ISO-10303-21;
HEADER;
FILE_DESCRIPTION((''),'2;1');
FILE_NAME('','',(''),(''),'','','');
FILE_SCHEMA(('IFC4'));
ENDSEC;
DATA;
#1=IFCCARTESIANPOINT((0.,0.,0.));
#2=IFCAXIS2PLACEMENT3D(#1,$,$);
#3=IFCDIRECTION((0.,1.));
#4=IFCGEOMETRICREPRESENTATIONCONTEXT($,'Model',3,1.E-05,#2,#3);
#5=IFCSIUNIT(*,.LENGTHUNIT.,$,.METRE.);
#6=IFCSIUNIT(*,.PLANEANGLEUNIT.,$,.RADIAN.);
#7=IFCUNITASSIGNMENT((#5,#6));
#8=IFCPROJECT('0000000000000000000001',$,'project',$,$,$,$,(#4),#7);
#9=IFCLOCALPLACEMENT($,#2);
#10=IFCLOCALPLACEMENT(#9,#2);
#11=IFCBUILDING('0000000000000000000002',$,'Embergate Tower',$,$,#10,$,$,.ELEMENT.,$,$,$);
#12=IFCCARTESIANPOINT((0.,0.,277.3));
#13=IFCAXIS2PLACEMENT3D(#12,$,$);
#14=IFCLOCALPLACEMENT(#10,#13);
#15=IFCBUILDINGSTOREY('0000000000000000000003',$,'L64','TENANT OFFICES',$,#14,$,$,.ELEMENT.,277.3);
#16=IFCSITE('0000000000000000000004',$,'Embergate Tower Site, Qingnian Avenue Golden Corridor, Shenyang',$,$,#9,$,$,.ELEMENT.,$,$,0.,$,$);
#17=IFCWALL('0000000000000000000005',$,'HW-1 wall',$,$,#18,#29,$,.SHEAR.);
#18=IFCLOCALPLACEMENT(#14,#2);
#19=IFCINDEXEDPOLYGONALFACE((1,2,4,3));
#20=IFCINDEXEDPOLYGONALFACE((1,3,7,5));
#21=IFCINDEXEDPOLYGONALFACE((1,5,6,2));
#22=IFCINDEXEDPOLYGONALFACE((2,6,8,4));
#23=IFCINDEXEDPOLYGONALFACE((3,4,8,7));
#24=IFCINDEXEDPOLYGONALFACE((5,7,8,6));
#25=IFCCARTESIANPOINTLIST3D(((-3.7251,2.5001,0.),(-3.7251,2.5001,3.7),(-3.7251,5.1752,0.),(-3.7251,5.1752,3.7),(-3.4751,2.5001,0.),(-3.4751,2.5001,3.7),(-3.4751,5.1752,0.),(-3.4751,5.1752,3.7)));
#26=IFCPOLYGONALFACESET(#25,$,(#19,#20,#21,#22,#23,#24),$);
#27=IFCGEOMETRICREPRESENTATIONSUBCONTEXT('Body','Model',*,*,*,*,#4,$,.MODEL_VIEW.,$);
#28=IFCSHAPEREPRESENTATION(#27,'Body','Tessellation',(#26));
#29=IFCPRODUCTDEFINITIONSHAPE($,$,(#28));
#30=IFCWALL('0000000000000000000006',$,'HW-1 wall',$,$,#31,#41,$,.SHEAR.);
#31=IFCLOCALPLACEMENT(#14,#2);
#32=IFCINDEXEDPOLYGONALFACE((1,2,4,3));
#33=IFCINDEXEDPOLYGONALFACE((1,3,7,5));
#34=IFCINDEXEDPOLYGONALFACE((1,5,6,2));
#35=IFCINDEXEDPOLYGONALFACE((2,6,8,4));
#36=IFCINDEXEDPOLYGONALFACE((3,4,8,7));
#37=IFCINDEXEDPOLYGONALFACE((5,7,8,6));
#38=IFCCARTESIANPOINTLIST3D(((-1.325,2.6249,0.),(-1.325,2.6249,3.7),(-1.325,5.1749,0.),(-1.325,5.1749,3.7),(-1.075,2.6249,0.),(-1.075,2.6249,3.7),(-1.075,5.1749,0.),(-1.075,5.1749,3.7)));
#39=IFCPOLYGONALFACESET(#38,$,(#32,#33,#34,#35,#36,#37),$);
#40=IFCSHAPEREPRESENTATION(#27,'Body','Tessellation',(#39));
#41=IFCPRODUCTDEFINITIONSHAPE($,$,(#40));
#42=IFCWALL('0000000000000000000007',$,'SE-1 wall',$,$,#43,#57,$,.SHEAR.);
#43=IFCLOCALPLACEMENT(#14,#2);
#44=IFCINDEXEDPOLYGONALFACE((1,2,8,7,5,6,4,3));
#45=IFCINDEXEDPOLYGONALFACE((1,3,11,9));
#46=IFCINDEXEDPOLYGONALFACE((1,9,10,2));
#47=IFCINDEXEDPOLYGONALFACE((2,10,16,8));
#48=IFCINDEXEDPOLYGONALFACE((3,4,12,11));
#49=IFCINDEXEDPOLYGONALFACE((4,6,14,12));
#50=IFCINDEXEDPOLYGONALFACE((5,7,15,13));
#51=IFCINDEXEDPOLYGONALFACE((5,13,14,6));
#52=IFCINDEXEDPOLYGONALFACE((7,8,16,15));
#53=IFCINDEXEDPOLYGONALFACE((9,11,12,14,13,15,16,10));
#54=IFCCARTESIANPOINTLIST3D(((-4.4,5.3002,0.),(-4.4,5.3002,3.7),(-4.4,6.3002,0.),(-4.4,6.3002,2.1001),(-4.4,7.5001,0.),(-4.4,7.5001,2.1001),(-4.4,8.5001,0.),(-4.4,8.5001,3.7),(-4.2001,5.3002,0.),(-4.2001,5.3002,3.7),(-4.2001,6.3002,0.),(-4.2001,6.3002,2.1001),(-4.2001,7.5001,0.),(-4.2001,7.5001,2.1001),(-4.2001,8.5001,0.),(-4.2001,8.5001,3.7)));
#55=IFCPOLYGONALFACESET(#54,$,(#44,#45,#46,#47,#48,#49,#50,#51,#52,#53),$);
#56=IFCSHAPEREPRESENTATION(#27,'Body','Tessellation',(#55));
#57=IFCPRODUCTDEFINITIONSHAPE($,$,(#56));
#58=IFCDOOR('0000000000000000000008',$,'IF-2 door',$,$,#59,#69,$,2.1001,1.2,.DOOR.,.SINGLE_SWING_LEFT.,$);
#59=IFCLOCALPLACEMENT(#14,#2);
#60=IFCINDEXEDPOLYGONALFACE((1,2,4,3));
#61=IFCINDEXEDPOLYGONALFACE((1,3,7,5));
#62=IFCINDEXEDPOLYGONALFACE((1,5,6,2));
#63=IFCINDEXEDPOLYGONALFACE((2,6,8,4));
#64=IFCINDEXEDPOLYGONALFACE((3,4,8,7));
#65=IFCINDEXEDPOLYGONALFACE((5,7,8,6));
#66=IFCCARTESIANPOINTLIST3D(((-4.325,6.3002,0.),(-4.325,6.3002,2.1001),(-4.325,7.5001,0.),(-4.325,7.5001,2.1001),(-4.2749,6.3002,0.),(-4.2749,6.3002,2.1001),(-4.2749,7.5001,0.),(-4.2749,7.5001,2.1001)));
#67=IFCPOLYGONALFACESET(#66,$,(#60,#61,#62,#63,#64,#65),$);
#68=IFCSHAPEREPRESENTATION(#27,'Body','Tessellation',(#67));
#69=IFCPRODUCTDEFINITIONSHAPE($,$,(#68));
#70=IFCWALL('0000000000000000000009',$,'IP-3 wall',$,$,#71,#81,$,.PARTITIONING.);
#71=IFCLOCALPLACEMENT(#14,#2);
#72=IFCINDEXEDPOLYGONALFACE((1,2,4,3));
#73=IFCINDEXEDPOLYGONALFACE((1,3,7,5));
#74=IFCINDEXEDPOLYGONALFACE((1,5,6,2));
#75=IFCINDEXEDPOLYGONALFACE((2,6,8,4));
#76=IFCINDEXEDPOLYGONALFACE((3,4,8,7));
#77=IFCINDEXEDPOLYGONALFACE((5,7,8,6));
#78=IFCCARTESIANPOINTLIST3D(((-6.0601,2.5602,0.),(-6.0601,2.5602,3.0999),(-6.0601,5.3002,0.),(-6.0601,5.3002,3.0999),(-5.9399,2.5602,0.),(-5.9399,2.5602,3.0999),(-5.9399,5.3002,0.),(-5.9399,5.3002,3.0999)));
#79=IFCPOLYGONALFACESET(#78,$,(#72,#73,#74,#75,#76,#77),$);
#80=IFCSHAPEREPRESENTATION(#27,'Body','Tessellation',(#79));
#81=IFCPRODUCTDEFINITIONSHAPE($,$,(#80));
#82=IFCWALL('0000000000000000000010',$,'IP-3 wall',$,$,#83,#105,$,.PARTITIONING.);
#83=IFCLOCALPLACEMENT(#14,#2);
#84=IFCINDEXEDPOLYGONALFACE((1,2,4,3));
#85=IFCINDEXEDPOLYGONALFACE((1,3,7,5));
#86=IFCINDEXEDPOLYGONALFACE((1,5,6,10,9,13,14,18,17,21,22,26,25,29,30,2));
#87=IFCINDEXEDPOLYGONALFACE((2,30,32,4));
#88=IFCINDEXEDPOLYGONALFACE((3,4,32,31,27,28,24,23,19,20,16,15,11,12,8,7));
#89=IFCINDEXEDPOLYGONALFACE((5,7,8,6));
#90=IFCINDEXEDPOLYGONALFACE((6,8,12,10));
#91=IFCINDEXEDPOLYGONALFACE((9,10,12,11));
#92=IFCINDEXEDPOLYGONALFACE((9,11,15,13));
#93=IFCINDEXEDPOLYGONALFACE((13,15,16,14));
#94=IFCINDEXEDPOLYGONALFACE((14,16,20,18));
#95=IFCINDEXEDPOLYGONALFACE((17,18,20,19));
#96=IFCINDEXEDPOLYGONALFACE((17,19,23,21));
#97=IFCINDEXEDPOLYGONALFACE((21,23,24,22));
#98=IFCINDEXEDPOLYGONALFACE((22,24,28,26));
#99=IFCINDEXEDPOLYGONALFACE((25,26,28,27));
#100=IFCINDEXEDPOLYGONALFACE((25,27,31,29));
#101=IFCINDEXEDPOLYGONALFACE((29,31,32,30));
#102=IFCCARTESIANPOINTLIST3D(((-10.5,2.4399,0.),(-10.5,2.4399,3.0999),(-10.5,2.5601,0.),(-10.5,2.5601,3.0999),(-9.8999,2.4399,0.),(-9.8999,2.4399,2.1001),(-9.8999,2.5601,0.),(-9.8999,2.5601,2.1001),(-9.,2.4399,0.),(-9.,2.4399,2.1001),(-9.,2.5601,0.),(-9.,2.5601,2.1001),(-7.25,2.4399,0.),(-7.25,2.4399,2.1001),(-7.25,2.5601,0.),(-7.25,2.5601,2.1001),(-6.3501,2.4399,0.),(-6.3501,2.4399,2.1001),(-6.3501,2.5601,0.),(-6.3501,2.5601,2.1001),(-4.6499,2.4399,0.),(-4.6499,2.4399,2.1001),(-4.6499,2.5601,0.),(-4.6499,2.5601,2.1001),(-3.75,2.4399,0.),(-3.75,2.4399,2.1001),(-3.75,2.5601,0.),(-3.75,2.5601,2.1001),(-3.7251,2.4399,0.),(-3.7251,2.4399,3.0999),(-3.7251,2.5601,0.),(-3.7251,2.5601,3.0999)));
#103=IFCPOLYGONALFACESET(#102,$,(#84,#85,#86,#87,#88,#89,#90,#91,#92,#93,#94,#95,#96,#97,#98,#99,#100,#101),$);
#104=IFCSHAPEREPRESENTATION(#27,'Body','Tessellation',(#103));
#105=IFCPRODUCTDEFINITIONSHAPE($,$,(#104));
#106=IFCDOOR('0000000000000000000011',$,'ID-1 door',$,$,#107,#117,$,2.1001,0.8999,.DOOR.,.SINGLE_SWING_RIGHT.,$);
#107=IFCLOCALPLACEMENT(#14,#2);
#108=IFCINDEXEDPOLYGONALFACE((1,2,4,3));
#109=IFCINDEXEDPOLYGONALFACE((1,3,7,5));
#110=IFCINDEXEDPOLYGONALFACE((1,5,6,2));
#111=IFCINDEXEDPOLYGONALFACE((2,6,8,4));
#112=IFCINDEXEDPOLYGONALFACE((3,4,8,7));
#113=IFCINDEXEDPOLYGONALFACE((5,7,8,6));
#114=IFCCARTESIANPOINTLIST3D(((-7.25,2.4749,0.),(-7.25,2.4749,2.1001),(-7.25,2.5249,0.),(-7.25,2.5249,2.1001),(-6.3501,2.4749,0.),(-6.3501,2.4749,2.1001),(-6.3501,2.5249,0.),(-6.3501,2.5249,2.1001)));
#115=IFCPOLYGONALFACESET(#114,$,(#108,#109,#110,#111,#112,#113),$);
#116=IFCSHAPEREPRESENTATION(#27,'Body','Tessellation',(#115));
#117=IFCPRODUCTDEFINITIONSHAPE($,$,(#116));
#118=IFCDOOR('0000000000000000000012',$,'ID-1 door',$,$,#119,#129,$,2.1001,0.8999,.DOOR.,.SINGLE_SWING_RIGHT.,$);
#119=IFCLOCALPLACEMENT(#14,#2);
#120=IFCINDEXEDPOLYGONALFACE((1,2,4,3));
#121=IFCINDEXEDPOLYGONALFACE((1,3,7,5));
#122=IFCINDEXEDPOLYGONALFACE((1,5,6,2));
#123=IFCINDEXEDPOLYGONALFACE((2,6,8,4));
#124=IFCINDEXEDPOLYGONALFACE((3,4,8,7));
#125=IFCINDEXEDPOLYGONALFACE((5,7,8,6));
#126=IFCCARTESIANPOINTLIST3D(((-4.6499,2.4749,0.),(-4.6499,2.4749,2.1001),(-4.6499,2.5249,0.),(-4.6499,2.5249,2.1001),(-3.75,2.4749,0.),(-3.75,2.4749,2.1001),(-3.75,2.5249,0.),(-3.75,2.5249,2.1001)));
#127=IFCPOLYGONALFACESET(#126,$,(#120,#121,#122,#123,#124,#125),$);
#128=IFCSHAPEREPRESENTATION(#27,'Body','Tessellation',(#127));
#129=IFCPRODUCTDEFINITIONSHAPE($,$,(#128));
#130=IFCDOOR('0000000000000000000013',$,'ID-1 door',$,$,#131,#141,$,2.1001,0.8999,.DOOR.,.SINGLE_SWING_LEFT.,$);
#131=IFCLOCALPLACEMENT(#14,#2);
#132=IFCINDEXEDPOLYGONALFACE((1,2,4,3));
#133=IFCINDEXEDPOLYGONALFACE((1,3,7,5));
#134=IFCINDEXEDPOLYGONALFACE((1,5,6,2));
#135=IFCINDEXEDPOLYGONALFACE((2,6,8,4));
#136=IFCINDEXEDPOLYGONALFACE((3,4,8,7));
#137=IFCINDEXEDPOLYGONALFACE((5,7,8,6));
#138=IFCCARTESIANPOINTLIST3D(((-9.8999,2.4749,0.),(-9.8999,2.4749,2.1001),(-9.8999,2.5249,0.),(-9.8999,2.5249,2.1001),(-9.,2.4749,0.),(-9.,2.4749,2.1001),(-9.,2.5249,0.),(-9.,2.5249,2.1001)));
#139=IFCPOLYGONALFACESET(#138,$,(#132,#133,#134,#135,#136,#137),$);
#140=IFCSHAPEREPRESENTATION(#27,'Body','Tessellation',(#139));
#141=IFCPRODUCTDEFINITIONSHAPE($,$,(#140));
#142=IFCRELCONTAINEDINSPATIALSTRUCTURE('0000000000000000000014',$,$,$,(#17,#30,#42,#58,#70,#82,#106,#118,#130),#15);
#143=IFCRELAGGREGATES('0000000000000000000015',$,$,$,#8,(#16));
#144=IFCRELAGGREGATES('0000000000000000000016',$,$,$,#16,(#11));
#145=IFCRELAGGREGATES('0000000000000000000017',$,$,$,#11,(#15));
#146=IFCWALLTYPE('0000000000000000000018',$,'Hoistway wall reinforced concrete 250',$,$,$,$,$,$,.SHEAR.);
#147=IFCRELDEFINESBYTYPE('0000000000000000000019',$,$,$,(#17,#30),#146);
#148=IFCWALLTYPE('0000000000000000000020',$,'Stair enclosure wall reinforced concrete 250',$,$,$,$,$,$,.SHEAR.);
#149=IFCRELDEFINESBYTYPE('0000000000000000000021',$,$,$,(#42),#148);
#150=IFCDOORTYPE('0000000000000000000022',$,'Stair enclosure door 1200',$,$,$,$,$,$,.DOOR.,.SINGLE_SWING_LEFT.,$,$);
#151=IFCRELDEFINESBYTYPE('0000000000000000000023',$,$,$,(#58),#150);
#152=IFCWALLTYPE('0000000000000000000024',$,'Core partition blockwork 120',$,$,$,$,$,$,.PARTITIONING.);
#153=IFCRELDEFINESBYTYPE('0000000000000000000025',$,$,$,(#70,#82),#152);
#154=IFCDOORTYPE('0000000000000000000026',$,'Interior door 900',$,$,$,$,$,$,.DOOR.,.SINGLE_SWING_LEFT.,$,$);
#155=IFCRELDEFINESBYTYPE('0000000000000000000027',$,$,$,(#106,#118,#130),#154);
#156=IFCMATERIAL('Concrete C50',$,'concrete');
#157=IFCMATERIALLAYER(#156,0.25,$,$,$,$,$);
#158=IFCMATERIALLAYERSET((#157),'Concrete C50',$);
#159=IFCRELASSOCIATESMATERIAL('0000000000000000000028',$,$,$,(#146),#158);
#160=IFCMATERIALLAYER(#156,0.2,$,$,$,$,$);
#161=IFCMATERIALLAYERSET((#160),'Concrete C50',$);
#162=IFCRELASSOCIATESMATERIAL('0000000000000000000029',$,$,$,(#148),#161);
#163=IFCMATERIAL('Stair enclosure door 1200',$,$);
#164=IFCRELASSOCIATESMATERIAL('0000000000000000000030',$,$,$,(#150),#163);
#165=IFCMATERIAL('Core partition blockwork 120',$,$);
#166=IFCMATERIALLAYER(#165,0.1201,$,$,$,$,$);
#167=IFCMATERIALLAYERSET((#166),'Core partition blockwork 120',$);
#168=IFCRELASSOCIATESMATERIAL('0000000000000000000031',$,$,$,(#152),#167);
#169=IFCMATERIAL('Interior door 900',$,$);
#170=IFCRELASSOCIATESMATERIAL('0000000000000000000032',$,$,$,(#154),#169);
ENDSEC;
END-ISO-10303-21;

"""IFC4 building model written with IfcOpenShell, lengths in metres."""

from ifc_helpers import new_model, si_unit, direction, frame, frame_2d, origin, place, context, subcontext, project, spatial, rectangle, extrude, source, transform, mapped, material, layer, layer_set, type_object, element, fill, save


model = new_model("IFC4")

# Units and contexts
model_context = context("Model", 3, precision=1e-05, world=origin(), true_north=direction((0.0, 1.0)))
body_context = subcontext(model_context, "Body", "Model", "MODEL_VIEW")
ifc_project = project(units=[si_unit("LENGTHUNIT", "METRE"), si_unit("PLANEANGLEUNIT", "RADIAN")], contexts=[model_context])

# Site, building, storey
site_placement = place(None, origin())
site = spatial("IfcSite", under=ifc_project, at=site_placement, Name="Embergate Tower Site, Qingnian Avenue Golden Corridor, Shenyang", CompositionType="ELEMENT", RefElevation=0.0)
building_placement = place(site_placement, origin())
building = spatial("IfcBuilding", under=site, at=building_placement, Name="Embergate Tower", CompositionType="ELEMENT")
storey_placement = place(building_placement, frame((0.0, 0.0, 277.3)))
storey = spatial("IfcBuildingStorey", under=building, at=storey_placement, Name="L64", Description="TENANT OFFICES", CompositionType="ELEMENT", Elevation=277.3)

# Walls
ifc_material_1 = material(Name="Concrete C50", Category="concrete")
ifc_layer_1 = layer(ifc_material_1, 0.25)
ifc_layer_set_1 = layer_set([ifc_layer_1], Name="Concrete C50")
wall_type_1 = type_object("IfcWallType", Name="Hoistway wall reinforced concrete 250", PredefinedType="SHEAR", material=ifc_layer_set_1)
shared_shape_1 = source(origin(), body_context, "Body", "SweptSolid", [
    extrude(rectangle(XDim=2.675, YDim=0.25, at=frame_2d((1.3374, 0.0))), origin(), (0.0, 0.0, 1.0), 3.7),
])
wall_1_placement = place(storey_placement, frame((-3.6001, 5.175, 0.0), z_axis=(0.0, 0.0, 1.0), x_axis=(0.0, -1.0, 0.0)))
element("IfcWall", 1, at=wall_1_placement, inside=storey, type_object=wall_type_1, Name="HW-1 wall", PredefinedType="SHEAR", context=body_context, shape_type="MappedRepresentation", body=[
    mapped(shared_shape_1, transform((0.0, 0.0, 0.0))),
])
shared_shape_2 = source(origin(), body_context, "Body", "SweptSolid", [
    extrude(rectangle(XDim=2.55, YDim=0.25, at=frame_2d((1.2749, 0.0))), origin(), (0.0, 0.0, 1.0), 3.7),
])
wall_2_placement = place(storey_placement, frame((-1.2, 2.625, 0.0), z_axis=(0.0, 0.0, 1.0), x_axis=(0.0, 1.0, 0.0)))
element("IfcWall", 2, at=wall_2_placement, inside=storey, type_object=wall_type_1, Name="HW-1 wall", PredefinedType="SHEAR", context=body_context, shape_type="MappedRepresentation", body=[
    mapped(shared_shape_2, transform((0.0, 0.0, 0.0))),
])

# Wall, opening, door
ifc_layer_2 = layer(ifc_material_1, 0.2)
ifc_layer_set_2 = layer_set([ifc_layer_2], Name="Concrete C50")
wall_type_2 = type_object("IfcWallType", Name="Stair enclosure wall reinforced concrete 250", PredefinedType="SHEAR", material=ifc_layer_set_2)
shared_shape_3 = source(origin(), body_context, "Body", "SweptSolid", [
    extrude(rectangle(XDim=3.2, YDim=0.2, at=frame_2d((1.6001, 0.0))), origin(), (0.0, 0.0, 1.0), 3.7),
])
wall_3_placement = place(storey_placement, frame((-4.3, 5.3, 0.0), z_axis=(0.0, 0.0, 1.0), x_axis=(0.0, 1.0, 0.0)))
wall_3 = element("IfcWall", 3, at=wall_3_placement, inside=storey, type_object=wall_type_2, Name="SE-1 wall", PredefinedType="SHEAR", context=body_context, shape_type="MappedRepresentation", body=[
    mapped(shared_shape_3, transform((0.0, 0.0, 0.0))),
])
shared_shape_4 = source(origin(), body_context, "Body", "SweptSolid", [
    extrude(rectangle(XDim=1.2, YDim=2.1001, at=frame_2d((0.6001, 1.05))), frame((0.0, 0.1099, 0.0), z_axis=(0.0, -1.0, 0.0), x_axis=(1.0, 0.0, 0.0)), (0.0, 0.0, 1.0), 0.22),
])
opening_1_placement = place(wall_3_placement, frame((1.0, 0.0, 0.0)))
opening_1 = element("IfcOpeningElement", 4, at=opening_1_placement, cuts=wall_3, PredefinedType="OPENING", context=body_context, shape_type="MappedRepresentation", body=[
    mapped(shared_shape_4, transform((0.0, 0.0, 0.0))),
])
ifc_material_2 = material(Name="Stair enclosure door 1200")
door_type_1 = type_object("IfcDoorType", Name="Stair enclosure door 1200", OperationType="SINGLE_SWING_LEFT", PredefinedType="DOOR", material=ifc_material_2)
shared_shape_5 = source(origin(), body_context, "Body", "SweptSolid", [
    extrude(rectangle(XDim=1.2, YDim=2.1001, at=frame_2d((0.6001, 1.05))), frame((0.0, 0.0249, 0.0), z_axis=(0.0, -1.0, 0.0), x_axis=(1.0, 0.0, 0.0)), (0.0, 0.0, 1.0), 0.05),
])
door_1_placement = place(opening_1_placement, origin())
door_1 = element("IfcDoor", 5, at=door_1_placement, inside=storey, type_object=door_type_1, Name="IF-2 door", OperationType="SINGLE_SWING_LEFT", OverallHeight=2.1001, OverallWidth=1.2, PredefinedType="DOOR", context=body_context, shape_type="MappedRepresentation", body=[
    mapped(shared_shape_5, transform((0.0, 0.0, 0.0))),
])
fill(opening_1, door_1)

# Wall
ifc_material_3 = material(Name="Core partition blockwork 120")
ifc_layer_3 = layer(ifc_material_3, 0.1201)
ifc_layer_set_3 = layer_set([ifc_layer_3], Name="Core partition blockwork 120")
wall_type_3 = type_object("IfcWallType", Name="Core partition blockwork 120", PredefinedType="PARTITIONING", material=ifc_layer_set_3)
shared_shape_6 = source(origin(), body_context, "Body", "SweptSolid", [
    extrude(rectangle(XDim=2.74, YDim=0.1201, at=frame_2d((1.3701, 0.0))), origin(), (0.0, 0.0, 1.0), 3.0999),
])
wall_4_placement = place(storey_placement, frame((-6.0, 2.5601, 0.0), z_axis=(0.0, 0.0, 1.0), x_axis=(0.0, 1.0, 0.0)))
element("IfcWall", 6, at=wall_4_placement, inside=storey, type_object=wall_type_3, Name="IP-3 wall", PredefinedType="PARTITIONING", context=body_context, shape_type="MappedRepresentation", body=[
    mapped(shared_shape_6, transform((0.0, 0.0, 0.0))),
])

# Wall, openings, doors
shared_shape_7 = source(origin(), body_context, "Body", "SweptSolid", [
    extrude(rectangle(XDim=6.7749, YDim=0.1201, at=frame_2d((3.3875, 0.0))), origin(), (0.0, 0.0, 1.0), 3.0999),
])
wall_5_placement = place(storey_placement, frame((-10.5, 2.5, 0.0), z_axis=(0.0, 0.0, 1.0), x_axis=(1.0, 0.0, 0.0)))
wall_5 = element("IfcWall", 7, at=wall_5_placement, inside=storey, type_object=wall_type_3, Name="IP-3 wall", PredefinedType="PARTITIONING", context=body_context, shape_type="MappedRepresentation", body=[
    mapped(shared_shape_7, transform((0.0, 0.0, 0.0))),
])
shared_shape_8 = source(origin(), body_context, "Body", "SweptSolid", [
    extrude(rectangle(XDim=0.8999, YDim=2.1001, at=frame_2d((0.45, 1.05))), frame((0.0, 0.0701, 0.0), z_axis=(0.0, -1.0, 0.0), x_axis=(1.0, 0.0, 0.0)), (0.0, 0.0, 1.0), 0.1401),
])
opening_2_placement = place(wall_5_placement, frame((3.25, 0.0, 0.0)))
opening_2 = element("IfcOpeningElement", 8, at=opening_2_placement, cuts=wall_5, PredefinedType="OPENING", context=body_context, shape_type="MappedRepresentation", body=[
    mapped(shared_shape_8, transform((0.0, 0.0, 0.0))),
])
opening_3_placement = place(wall_5_placement, frame((5.8501, 0.0, 0.0)))
opening_3 = element("IfcOpeningElement", 9, at=opening_3_placement, cuts=wall_5, PredefinedType="OPENING", context=body_context, shape_type="MappedRepresentation", body=[
    mapped(shared_shape_8, transform((0.0, 0.0, 0.0))),
])
opening_4_placement = place(wall_5_placement, frame((0.6001, 0.0, 0.0)))
opening_4 = element("IfcOpeningElement", 10, at=opening_4_placement, cuts=wall_5, PredefinedType="OPENING", context=body_context, shape_type="MappedRepresentation", body=[
    mapped(shared_shape_8, transform((0.0, 0.0, 0.0))),
])
ifc_material_4 = material(Name="Interior door 900")
door_type_2 = type_object("IfcDoorType", Name="Interior door 900", OperationType="SINGLE_SWING_LEFT", PredefinedType="DOOR", material=ifc_material_4)
shared_shape_9 = source(origin(), body_context, "Body", "SweptSolid", [
    extrude(rectangle(XDim=0.8999, YDim=2.1001, at=frame_2d((0.45, 1.05))), frame((0.0, 0.0249, 0.0), z_axis=(0.0, -1.0, 0.0), x_axis=(1.0, 0.0, 0.0)), (0.0, 0.0, 1.0), 0.05),
])
door_2_placement = place(opening_2_placement, origin())
door_2 = element("IfcDoor", 11, at=door_2_placement, inside=storey, type_object=door_type_2, Name="ID-1 door", OperationType="SINGLE_SWING_RIGHT", OverallHeight=2.1001, OverallWidth=0.8999, PredefinedType="DOOR", context=body_context, shape_type="MappedRepresentation", body=[
    mapped(shared_shape_9, transform((0.0, 0.0, 0.0))),
])
fill(opening_2, door_2)
door_3_placement = place(opening_3_placement, origin())
door_3 = element("IfcDoor", 12, at=door_3_placement, inside=storey, type_object=door_type_2, Name="ID-1 door", OperationType="SINGLE_SWING_RIGHT", OverallHeight=2.1001, OverallWidth=0.8999, PredefinedType="DOOR", context=body_context, shape_type="MappedRepresentation", body=[
    mapped(shared_shape_9, transform((0.0, 0.0, 0.0))),
])
fill(opening_3, door_3)
door_4_placement = place(opening_4_placement, origin())
door_4 = element("IfcDoor", 13, at=door_4_placement, inside=storey, type_object=door_type_2, Name="ID-1 door", OperationType="SINGLE_SWING_LEFT", OverallHeight=2.1001, OverallWidth=0.8999, PredefinedType="DOOR", context=body_context, shape_type="MappedRepresentation", body=[
    mapped(shared_shape_9, transform((0.0, 0.0, 0.0))),
])
fill(opening_4, door_4)

save(model, "model.ifc")
